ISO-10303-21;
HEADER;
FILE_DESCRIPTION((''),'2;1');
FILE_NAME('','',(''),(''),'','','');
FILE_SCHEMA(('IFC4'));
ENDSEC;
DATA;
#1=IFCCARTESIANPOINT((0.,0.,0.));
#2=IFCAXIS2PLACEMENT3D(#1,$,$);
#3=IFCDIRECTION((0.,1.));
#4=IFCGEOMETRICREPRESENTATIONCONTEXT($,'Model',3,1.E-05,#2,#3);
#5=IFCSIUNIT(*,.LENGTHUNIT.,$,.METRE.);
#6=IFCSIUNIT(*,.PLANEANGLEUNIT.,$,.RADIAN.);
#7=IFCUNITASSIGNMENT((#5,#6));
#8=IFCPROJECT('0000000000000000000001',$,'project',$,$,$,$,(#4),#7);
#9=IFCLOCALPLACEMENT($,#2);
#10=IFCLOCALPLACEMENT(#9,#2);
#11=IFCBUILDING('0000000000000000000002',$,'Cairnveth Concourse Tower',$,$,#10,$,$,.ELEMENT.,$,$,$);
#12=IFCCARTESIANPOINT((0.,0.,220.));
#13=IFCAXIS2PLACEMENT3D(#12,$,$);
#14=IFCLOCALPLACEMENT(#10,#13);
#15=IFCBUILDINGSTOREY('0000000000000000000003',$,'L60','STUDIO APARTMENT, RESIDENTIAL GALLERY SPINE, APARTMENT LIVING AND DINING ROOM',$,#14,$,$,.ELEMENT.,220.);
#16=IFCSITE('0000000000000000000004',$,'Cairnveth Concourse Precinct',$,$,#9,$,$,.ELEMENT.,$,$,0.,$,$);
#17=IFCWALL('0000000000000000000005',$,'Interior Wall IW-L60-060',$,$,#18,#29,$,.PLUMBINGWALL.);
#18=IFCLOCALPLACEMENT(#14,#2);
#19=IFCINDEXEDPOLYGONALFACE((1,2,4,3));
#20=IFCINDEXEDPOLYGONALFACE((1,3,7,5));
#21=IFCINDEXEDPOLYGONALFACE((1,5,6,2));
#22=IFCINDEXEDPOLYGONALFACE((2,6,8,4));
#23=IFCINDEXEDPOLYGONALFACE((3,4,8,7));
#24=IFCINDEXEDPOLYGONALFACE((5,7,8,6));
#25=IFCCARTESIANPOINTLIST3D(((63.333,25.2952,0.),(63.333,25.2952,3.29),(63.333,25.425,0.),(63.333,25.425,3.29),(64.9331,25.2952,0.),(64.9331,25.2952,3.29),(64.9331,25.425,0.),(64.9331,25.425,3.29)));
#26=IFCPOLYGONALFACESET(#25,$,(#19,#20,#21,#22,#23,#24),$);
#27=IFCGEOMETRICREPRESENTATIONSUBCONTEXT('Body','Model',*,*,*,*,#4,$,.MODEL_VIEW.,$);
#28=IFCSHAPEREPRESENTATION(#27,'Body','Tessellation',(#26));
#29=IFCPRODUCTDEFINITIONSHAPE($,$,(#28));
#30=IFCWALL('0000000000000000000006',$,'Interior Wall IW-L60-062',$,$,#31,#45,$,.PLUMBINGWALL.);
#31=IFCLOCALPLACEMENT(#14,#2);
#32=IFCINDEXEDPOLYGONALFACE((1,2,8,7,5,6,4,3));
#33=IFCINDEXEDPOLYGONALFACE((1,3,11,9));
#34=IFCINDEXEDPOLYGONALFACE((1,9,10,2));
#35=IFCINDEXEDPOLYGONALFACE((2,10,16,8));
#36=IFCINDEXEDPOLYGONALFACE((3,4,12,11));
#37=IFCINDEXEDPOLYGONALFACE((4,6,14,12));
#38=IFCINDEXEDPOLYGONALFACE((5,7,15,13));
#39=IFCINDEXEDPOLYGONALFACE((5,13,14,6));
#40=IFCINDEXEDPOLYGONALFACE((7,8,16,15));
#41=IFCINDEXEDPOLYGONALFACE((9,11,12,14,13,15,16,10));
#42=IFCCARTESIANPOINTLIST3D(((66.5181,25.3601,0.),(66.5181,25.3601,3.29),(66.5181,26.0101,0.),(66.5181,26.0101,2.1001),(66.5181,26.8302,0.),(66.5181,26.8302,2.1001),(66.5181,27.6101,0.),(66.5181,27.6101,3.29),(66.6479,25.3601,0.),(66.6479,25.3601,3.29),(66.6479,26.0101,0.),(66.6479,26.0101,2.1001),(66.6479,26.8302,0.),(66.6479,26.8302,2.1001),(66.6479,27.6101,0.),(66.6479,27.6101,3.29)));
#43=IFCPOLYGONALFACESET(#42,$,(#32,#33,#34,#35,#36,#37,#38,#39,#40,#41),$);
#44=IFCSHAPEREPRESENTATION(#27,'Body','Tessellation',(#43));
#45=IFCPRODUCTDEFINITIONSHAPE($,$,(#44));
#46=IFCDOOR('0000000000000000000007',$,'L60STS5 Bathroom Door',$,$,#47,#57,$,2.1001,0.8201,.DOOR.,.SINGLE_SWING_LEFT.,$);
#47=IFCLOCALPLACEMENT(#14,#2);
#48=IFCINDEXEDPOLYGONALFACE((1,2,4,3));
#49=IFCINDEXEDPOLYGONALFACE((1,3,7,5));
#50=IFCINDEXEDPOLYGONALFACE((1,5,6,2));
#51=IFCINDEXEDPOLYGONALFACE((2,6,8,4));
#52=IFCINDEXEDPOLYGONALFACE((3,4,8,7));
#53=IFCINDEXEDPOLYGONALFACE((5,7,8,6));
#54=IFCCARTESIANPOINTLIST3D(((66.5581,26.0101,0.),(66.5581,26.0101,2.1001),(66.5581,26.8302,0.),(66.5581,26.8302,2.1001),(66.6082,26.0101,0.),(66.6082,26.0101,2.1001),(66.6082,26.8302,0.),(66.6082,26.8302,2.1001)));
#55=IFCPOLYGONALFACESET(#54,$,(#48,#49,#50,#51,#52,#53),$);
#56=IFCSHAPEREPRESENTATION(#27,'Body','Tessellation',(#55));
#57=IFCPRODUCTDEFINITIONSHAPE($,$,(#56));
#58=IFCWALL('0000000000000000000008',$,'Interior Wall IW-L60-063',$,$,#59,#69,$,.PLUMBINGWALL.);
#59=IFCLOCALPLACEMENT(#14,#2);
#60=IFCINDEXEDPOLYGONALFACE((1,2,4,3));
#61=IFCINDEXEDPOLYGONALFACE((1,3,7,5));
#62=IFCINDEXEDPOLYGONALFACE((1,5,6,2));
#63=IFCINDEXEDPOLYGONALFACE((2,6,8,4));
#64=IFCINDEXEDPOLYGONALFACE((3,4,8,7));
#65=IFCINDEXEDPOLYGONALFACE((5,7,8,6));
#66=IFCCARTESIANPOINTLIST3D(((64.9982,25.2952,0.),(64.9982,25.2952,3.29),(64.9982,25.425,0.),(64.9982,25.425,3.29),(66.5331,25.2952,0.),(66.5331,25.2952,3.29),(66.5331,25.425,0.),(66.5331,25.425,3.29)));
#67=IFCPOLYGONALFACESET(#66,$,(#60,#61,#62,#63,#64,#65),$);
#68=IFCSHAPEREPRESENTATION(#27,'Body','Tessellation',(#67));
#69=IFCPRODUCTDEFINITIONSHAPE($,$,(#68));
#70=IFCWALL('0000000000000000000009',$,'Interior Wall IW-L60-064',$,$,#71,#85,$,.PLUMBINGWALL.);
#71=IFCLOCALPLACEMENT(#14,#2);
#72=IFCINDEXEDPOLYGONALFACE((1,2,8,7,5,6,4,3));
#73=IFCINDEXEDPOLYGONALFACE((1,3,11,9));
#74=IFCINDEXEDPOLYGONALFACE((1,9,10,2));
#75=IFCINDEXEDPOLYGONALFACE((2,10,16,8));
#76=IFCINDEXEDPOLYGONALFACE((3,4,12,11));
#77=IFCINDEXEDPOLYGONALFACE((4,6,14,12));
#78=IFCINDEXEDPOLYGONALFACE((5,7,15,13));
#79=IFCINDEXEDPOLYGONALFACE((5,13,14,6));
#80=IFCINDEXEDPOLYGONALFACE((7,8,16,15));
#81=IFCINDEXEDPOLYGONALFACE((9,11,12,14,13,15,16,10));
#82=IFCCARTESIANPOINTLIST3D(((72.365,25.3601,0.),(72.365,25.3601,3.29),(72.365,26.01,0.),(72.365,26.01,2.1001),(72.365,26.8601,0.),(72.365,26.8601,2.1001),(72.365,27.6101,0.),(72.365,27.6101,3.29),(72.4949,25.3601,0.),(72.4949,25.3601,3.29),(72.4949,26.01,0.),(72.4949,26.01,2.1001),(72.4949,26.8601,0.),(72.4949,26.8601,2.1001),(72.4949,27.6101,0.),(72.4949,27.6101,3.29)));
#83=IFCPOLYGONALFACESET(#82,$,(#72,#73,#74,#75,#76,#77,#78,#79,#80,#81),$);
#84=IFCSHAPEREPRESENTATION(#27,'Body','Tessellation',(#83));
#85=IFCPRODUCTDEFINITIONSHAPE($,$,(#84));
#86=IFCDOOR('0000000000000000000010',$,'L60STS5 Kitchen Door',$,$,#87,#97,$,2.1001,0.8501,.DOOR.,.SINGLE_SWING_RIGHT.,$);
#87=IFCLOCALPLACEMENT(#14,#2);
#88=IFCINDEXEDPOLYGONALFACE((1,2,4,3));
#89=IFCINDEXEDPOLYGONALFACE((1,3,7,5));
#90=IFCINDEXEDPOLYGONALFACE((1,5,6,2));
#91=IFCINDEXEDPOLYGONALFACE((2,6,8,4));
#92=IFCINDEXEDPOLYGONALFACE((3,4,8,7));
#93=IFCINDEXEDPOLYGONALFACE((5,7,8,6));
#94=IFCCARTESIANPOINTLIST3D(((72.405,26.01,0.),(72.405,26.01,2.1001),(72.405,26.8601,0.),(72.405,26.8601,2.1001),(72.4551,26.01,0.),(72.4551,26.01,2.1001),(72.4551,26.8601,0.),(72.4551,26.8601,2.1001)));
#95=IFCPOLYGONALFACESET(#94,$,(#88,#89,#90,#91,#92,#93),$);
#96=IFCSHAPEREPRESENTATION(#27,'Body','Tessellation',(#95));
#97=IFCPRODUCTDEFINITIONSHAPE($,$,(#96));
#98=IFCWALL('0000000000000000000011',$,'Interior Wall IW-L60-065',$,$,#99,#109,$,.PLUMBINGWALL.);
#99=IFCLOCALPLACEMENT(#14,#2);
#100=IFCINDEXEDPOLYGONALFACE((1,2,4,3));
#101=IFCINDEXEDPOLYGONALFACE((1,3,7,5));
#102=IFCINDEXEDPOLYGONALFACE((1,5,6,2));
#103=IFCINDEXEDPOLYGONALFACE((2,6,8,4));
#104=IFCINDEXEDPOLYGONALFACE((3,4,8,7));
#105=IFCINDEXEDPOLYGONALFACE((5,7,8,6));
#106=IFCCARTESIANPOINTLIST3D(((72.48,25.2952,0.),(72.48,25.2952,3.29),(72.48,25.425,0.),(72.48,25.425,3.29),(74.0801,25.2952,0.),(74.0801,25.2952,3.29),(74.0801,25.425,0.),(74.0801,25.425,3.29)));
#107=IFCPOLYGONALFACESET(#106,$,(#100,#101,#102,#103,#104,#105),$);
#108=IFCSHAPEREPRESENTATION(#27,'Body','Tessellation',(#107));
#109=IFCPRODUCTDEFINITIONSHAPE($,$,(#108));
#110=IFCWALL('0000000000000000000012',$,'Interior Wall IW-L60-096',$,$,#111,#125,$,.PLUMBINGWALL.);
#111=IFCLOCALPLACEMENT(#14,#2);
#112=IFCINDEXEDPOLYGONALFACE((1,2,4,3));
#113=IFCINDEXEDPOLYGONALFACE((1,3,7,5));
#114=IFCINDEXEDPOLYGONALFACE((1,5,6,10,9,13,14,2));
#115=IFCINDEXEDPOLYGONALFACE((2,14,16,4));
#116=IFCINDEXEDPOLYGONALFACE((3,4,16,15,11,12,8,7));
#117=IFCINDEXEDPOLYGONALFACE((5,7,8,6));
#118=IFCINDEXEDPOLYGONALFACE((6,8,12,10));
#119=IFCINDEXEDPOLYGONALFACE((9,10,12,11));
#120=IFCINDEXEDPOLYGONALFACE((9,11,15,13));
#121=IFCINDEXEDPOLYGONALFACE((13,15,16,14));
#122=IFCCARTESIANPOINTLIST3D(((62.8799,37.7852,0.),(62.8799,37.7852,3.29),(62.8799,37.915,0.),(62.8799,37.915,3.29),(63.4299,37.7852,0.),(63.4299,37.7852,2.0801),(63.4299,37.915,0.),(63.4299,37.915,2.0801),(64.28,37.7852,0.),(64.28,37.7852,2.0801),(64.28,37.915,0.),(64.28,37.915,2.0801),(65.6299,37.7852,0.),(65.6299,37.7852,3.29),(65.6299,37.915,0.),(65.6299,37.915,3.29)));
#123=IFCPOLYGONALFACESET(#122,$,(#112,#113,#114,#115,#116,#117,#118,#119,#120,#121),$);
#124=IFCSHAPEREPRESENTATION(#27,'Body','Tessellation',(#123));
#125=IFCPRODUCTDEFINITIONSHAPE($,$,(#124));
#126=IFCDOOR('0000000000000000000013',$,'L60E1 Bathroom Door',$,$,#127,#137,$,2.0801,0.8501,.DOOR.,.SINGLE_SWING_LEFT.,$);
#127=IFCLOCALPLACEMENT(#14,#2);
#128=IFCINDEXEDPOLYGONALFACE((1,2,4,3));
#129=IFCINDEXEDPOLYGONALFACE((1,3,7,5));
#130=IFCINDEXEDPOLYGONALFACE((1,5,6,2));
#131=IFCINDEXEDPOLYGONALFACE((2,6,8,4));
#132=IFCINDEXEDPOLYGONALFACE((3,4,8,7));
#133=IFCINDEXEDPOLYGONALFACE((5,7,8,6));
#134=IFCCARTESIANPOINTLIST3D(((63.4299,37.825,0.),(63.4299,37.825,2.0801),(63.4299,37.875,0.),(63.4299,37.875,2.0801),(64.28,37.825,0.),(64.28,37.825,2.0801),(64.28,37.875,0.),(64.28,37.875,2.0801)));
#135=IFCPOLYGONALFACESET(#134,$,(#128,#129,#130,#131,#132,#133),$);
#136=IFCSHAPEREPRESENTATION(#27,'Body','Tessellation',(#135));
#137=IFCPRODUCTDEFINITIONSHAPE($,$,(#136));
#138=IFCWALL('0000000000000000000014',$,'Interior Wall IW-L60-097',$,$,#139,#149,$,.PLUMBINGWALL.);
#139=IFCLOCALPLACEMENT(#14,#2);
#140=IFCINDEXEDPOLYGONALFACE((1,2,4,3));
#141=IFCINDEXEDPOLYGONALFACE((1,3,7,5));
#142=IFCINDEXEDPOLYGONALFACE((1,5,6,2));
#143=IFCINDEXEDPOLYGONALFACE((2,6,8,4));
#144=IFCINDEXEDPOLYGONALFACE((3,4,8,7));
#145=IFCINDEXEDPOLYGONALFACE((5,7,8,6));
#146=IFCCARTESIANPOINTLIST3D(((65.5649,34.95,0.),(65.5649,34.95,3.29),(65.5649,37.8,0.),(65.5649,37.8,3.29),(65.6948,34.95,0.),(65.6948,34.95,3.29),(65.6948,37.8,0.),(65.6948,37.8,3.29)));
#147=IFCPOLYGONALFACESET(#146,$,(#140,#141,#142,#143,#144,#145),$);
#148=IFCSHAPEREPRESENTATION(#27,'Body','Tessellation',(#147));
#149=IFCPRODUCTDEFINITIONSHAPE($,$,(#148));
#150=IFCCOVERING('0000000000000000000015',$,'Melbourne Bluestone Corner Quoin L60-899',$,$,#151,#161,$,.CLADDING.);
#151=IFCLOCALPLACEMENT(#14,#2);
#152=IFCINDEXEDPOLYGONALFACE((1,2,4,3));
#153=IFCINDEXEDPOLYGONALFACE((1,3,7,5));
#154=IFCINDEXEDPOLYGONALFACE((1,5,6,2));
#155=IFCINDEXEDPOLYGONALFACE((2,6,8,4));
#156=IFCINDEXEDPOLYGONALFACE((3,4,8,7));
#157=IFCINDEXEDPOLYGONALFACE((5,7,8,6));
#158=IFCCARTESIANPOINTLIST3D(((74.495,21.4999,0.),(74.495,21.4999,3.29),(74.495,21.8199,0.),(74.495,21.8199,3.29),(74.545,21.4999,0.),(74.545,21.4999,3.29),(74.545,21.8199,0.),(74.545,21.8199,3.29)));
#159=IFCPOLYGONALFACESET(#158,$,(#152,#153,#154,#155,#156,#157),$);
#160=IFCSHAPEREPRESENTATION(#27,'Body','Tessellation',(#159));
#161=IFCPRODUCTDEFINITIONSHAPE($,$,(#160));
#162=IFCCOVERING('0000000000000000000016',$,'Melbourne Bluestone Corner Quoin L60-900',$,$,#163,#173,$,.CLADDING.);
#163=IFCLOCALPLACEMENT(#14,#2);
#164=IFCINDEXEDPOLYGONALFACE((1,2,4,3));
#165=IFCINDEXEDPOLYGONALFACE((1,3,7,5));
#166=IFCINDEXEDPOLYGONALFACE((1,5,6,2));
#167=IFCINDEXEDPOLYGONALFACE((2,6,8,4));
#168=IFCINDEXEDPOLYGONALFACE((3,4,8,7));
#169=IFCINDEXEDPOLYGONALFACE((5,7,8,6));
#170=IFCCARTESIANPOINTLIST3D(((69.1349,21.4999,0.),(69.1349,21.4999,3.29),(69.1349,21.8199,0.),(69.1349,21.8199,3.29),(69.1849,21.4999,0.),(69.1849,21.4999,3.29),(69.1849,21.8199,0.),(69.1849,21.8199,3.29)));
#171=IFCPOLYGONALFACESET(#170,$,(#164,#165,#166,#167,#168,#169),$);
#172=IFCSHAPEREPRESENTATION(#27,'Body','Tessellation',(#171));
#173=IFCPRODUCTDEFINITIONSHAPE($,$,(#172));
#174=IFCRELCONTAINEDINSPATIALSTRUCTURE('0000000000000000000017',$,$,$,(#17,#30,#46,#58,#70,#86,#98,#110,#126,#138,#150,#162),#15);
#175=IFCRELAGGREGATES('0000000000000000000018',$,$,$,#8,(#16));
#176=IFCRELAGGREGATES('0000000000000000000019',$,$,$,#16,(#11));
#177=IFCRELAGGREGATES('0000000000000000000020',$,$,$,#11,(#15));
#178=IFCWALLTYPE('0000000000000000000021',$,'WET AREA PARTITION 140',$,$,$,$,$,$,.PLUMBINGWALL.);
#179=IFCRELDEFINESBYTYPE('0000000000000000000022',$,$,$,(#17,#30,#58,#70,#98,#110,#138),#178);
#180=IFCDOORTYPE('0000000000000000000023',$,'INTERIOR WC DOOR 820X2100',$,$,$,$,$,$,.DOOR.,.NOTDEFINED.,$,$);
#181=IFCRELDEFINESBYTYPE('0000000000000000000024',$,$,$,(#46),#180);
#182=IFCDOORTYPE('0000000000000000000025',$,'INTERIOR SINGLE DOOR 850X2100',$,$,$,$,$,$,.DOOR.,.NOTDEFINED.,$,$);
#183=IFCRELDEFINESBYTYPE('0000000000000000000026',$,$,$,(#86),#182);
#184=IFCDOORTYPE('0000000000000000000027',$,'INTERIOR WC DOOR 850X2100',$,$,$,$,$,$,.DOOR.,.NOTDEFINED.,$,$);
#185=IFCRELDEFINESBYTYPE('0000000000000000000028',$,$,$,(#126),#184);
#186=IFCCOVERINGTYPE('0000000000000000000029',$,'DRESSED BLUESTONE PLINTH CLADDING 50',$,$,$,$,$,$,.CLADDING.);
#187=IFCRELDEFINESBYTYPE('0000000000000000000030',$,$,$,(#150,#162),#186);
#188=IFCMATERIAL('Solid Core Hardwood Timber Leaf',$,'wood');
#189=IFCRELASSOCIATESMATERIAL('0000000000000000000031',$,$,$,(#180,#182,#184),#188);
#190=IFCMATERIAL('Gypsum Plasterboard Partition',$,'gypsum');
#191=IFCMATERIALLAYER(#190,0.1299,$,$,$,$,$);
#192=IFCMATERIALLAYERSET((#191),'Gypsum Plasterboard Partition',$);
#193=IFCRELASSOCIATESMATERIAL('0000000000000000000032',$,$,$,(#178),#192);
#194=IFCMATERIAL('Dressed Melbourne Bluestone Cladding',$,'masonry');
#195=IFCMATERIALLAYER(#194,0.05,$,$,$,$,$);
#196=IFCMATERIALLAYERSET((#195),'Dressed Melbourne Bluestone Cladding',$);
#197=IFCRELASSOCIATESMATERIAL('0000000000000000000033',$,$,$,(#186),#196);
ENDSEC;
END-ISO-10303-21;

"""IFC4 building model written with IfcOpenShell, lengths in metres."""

from ifc_helpers import new_model, si_unit, direction, frame, frame_2d, origin, place, context, subcontext, project, spatial, rectangle, extrude, material, layer, layer_set, type_object, element, fill, save


model = new_model("IFC4")

# Units and contexts
model_context = context("Model", 3, precision=1e-05, world=origin(), true_north=direction((0.0, 1.0)))
body_context = subcontext(model_context, "Body", "Model", "MODEL_VIEW")
ifc_project = project(units=[si_unit("LENGTHUNIT", "METRE"), si_unit("PLANEANGLEUNIT", "RADIAN")], contexts=[model_context])

# Site, building, storey
site_placement = place(None, origin())
site = spatial("IfcSite", under=ifc_project, at=site_placement, Name="Cairnveth Concourse Precinct", CompositionType="ELEMENT", RefElevation=0.0)
building_placement = place(site_placement, origin())
building = spatial("IfcBuilding", under=site, at=building_placement, Name="Cairnveth Concourse Tower", CompositionType="ELEMENT")
storey_placement = place(building_placement, frame((0.0, 0.0, 220.0)))
storey = spatial("IfcBuildingStorey", under=building, at=storey_placement, Name="L60", Description="STUDIO APARTMENT, RESIDENTIAL GALLERY SPINE, APARTMENT LIVING AND DINING ROOM", CompositionType="ELEMENT", Elevation=220.0)

# Shared definitions
ifc_material_1 = material(Name="Gypsum Plasterboard Partition", Category="gypsum")
ifc_material_2 = material(Name="Solid Core Hardwood Timber Leaf", Category="wood")
door_type_1 = type_object("IfcDoorType", Name="INTERIOR WC DOOR 820X2100", OperationType="NOTDEFINED", PredefinedType="DOOR", material=ifc_material_2)
ifc_layer_1 = layer(ifc_material_1, 0.1299)
ifc_layer_set_1 = layer_set([ifc_layer_1], Name="Gypsum Plasterboard Partition")
wall_type_1 = type_object("IfcWallType", Name="WET AREA PARTITION 140", PredefinedType="PLUMBINGWALL", material=ifc_layer_set_1)
door_type_2 = type_object("IfcDoorType", Name="INTERIOR SINGLE DOOR 850X2100", OperationType="NOTDEFINED", PredefinedType="DOOR", material=ifc_material_2)

# Wall
wall_1_placement = place(storey_placement, frame((63.333, 25.3601, 0.0), z_axis=(0.0, 0.0, 1.0), x_axis=(1.0, 0.0, 0.0)))
element("IfcWall", 1, at=wall_1_placement, inside=storey, type_object=wall_type_1, Name="Interior Wall IW-L60-060", PredefinedType="PLUMBINGWALL", context=body_context, shape_type="SweptSolid", body=[
    extrude(rectangle(XDim=1.6001, YDim=0.1299, at=frame_2d((0.8, 0.0))), origin(), (0.0, 0.0, 1.0), 3.29),
])

# Wall, opening, door
wall_2_placement = place(storey_placement, frame((66.583, 25.3601, 0.0), z_axis=(0.0, 0.0, 1.0), x_axis=(0.0, 1.0, 0.0)))
wall_2 = element("IfcWall", 2, at=wall_2_placement, inside=storey, type_object=wall_type_1, Name="Interior Wall IW-L60-062", PredefinedType="PLUMBINGWALL", context=body_context, shape_type="SweptSolid", body=[
    extrude(rectangle(XDim=2.25, YDim=0.1299, at=frame_2d((1.125, 0.0))), origin(), (0.0, 0.0, 1.0), 3.29),
])
opening_1_placement = place(wall_2_placement, frame((0.6499, 0.0, 0.0)))
opening_1 = element("IfcOpeningElement", 3, at=opening_1_placement, cuts=wall_2, PredefinedType="OPENING", context=body_context, shape_type="SweptSolid", body=[
    extrude(rectangle(XDim=0.8201, YDim=2.1001, at=frame_2d((0.4102, 1.05))), frame((0.0, 0.075, 0.0), z_axis=(0.0, -1.0, 0.0), x_axis=(1.0, 0.0, 0.0)), (0.0, 0.0, 1.0), 0.1499),
])
door_1_placement = place(opening_1_placement, origin())
door_1 = element("IfcDoor", 4, at=door_1_placement, inside=storey, type_object=door_type_1, Name="L60STS5 Bathroom Door", OperationType="SINGLE_SWING_LEFT", OverallHeight=2.1001, OverallWidth=0.8201, PredefinedType="DOOR", context=body_context, shape_type="SweptSolid", body=[
    extrude(rectangle(XDim=0.8201, YDim=2.1001, at=frame_2d((0.4102, 1.05))), frame((0.0, 0.0249, 0.0), z_axis=(0.0, -1.0, 0.0), x_axis=(1.0, 0.0, 0.0)), (0.0, 0.0, 1.0), 0.05),
])
fill(opening_1, door_1)

# Wall
wall_3_placement = place(storey_placement, frame((64.998, 25.3601, 0.0), z_axis=(0.0, 0.0, 1.0), x_axis=(1.0, 0.0, 0.0)))
element("IfcWall", 5, at=wall_3_placement, inside=storey, type_object=wall_type_1, Name="Interior Wall IW-L60-063", PredefinedType="PLUMBINGWALL", context=body_context, shape_type="SweptSolid", body=[
    extrude(rectangle(XDim=1.5349, YDim=0.1299, at=frame_2d((0.7676, 0.0))), origin(), (0.0, 0.0, 1.0), 3.29),
])

# Wall, opening, door
wall_4_placement = place(storey_placement, frame((72.4299, 25.3601, 0.0), z_axis=(0.0, 0.0, 1.0), x_axis=(0.0, 1.0, 0.0)))
wall_4 = element("IfcWall", 6, at=wall_4_placement, inside=storey, type_object=wall_type_1, Name="Interior Wall IW-L60-064", PredefinedType="PLUMBINGWALL", context=body_context, shape_type="SweptSolid", body=[
    extrude(rectangle(XDim=2.25, YDim=0.1299, at=frame_2d((1.125, 0.0))), origin(), (0.0, 0.0, 1.0), 3.29),
])
opening_2_placement = place(wall_4_placement, frame((0.6499, 0.0, 0.0)))
opening_2 = element("IfcOpeningElement", 7, at=opening_2_placement, cuts=wall_4, PredefinedType="OPENING", context=body_context, shape_type="SweptSolid", body=[
    extrude(rectangle(XDim=0.8501, YDim=2.1001, at=frame_2d((0.425, 1.05))), frame((0.0, 0.075, 0.0), z_axis=(0.0, -1.0, 0.0), x_axis=(1.0, 0.0, 0.0)), (0.0, 0.0, 1.0), 0.1499),
])
door_2_placement = place(opening_2_placement, origin())
door_2 = element("IfcDoor", 8, at=door_2_placement, inside=storey, type_object=door_type_2, Name="L60STS5 Kitchen Door", OperationType="SINGLE_SWING_RIGHT", OverallHeight=2.1001, OverallWidth=0.8501, PredefinedType="DOOR", context=body_context, shape_type="SweptSolid", body=[
    extrude(rectangle(XDim=0.8501, YDim=2.1001, at=frame_2d((0.425, 1.05))), frame((0.0, 0.0249, 0.0), z_axis=(0.0, -1.0, 0.0), x_axis=(1.0, 0.0, 0.0)), (0.0, 0.0, 1.0), 0.05),
])
fill(opening_2, door_2)

# Wall
wall_5_placement = place(storey_placement, frame((72.48, 25.3601, 0.0), z_axis=(0.0, 0.0, 1.0), x_axis=(1.0, 0.0, 0.0)))
element("IfcWall", 9, at=wall_5_placement, inside=storey, type_object=wall_type_1, Name="Interior Wall IW-L60-065", PredefinedType="PLUMBINGWALL", context=body_context, shape_type="SweptSolid", body=[
    extrude(rectangle(XDim=1.6001, YDim=0.1299, at=frame_2d((0.8, 0.0))), origin(), (0.0, 0.0, 1.0), 3.29),
])

# Wall, opening, door
wall_6_placement = place(storey_placement, frame((62.8799, 37.8501, 0.0), z_axis=(0.0, 0.0, 1.0), x_axis=(1.0, 0.0, 0.0)))
wall_6 = element("IfcWall", 10, at=wall_6_placement, inside=storey, type_object=wall_type_1, Name="Interior Wall IW-L60-096", PredefinedType="PLUMBINGWALL", context=body_context, shape_type="SweptSolid", body=[
    extrude(rectangle(XDim=2.75, YDim=0.1299, at=frame_2d((1.375, 0.0))), origin(), (0.0, 0.0, 1.0), 3.29),
])
opening_3_placement = place(wall_6_placement, frame((0.55, 0.0, 0.0)))
opening_3 = element("IfcOpeningElement", 11, at=opening_3_placement, cuts=wall_6, PredefinedType="OPENING", context=body_context, shape_type="SweptSolid", body=[
    extrude(rectangle(XDim=0.8501, YDim=2.0801, at=frame_2d((0.425, 1.04))), frame((0.0, 0.075, 0.0), z_axis=(0.0, -1.0, 0.0), x_axis=(1.0, 0.0, 0.0)), (0.0, 0.0, 1.0), 0.1499),
])
door_type_3 = type_object("IfcDoorType", Name="INTERIOR WC DOOR 850X2100", OperationType="NOTDEFINED", PredefinedType="DOOR", material=ifc_material_2)
door_3_placement = place(opening_3_placement, origin())
door_3 = element("IfcDoor", 12, at=door_3_placement, inside=storey, type_object=door_type_3, Name="L60E1 Bathroom Door", OperationType="SINGLE_SWING_LEFT", OverallHeight=2.0801, OverallWidth=0.8501, PredefinedType="DOOR", context=body_context, shape_type="SweptSolid", body=[
    extrude(rectangle(XDim=0.8501, YDim=2.0801, at=frame_2d((0.425, 1.04))), frame((0.0, 0.0249, 0.0), z_axis=(0.0, -1.0, 0.0), x_axis=(1.0, 0.0, 0.0)), (0.0, 0.0, 1.0), 0.05),
])
fill(opening_3, door_3)

# Wall
wall_7_placement = place(storey_placement, frame((65.6299, 34.95, 0.0), z_axis=(0.0, 0.0, 1.0), x_axis=(0.0, 1.0, 0.0)))
element("IfcWall", 13, at=wall_7_placement, inside=storey, type_object=wall_type_1, Name="Interior Wall IW-L60-097", PredefinedType="PLUMBINGWALL", context=body_context, shape_type="SweptSolid", body=[
    extrude(rectangle(XDim=2.8501, YDim=0.1299, at=frame_2d((1.425, 0.0))), origin(), (0.0, 0.0, 1.0), 3.29),
])

# Coverings
ifc_material_3 = material(Name="Dressed Melbourne Bluestone Cladding", Category="masonry")
ifc_layer_2 = layer(ifc_material_3, 0.05)
ifc_layer_set_2 = layer_set([ifc_layer_2], Name="Dressed Melbourne Bluestone Cladding")
covering_type = type_object("IfcCoveringType", Name="DRESSED BLUESTONE PLINTH CLADDING 50", PredefinedType="CLADDING", material=ifc_layer_set_2)
for number, where, z_axis, x_axis, name in (
    (14, (74.52, 21.8201, 0.0), (0.0, 0.0, 1.0), (0.0, -1.0, 0.0), "Melbourne Bluestone Corner Quoin L60-899"),
    (15, (69.1599, 21.8201, 0.0), (0.0, 0.0, 1.0), (0.0, -1.0, 0.0), "Melbourne Bluestone Corner Quoin L60-900"),
):
    element("IfcCovering", number, at=place(storey_placement, frame(where, z_axis=z_axis, x_axis=x_axis)), inside=storey, type_object=covering_type, Name=name, PredefinedType="CLADDING", context=body_context, shape_type="SweptSolid", body=[
        extrude(rectangle(XDim=0.3201, YDim=0.05, at=frame_2d((0.1602, 0.0))), origin(), (0.0, 0.0, 1.0), 3.29),
    ])

save(model, "model.ifc")
